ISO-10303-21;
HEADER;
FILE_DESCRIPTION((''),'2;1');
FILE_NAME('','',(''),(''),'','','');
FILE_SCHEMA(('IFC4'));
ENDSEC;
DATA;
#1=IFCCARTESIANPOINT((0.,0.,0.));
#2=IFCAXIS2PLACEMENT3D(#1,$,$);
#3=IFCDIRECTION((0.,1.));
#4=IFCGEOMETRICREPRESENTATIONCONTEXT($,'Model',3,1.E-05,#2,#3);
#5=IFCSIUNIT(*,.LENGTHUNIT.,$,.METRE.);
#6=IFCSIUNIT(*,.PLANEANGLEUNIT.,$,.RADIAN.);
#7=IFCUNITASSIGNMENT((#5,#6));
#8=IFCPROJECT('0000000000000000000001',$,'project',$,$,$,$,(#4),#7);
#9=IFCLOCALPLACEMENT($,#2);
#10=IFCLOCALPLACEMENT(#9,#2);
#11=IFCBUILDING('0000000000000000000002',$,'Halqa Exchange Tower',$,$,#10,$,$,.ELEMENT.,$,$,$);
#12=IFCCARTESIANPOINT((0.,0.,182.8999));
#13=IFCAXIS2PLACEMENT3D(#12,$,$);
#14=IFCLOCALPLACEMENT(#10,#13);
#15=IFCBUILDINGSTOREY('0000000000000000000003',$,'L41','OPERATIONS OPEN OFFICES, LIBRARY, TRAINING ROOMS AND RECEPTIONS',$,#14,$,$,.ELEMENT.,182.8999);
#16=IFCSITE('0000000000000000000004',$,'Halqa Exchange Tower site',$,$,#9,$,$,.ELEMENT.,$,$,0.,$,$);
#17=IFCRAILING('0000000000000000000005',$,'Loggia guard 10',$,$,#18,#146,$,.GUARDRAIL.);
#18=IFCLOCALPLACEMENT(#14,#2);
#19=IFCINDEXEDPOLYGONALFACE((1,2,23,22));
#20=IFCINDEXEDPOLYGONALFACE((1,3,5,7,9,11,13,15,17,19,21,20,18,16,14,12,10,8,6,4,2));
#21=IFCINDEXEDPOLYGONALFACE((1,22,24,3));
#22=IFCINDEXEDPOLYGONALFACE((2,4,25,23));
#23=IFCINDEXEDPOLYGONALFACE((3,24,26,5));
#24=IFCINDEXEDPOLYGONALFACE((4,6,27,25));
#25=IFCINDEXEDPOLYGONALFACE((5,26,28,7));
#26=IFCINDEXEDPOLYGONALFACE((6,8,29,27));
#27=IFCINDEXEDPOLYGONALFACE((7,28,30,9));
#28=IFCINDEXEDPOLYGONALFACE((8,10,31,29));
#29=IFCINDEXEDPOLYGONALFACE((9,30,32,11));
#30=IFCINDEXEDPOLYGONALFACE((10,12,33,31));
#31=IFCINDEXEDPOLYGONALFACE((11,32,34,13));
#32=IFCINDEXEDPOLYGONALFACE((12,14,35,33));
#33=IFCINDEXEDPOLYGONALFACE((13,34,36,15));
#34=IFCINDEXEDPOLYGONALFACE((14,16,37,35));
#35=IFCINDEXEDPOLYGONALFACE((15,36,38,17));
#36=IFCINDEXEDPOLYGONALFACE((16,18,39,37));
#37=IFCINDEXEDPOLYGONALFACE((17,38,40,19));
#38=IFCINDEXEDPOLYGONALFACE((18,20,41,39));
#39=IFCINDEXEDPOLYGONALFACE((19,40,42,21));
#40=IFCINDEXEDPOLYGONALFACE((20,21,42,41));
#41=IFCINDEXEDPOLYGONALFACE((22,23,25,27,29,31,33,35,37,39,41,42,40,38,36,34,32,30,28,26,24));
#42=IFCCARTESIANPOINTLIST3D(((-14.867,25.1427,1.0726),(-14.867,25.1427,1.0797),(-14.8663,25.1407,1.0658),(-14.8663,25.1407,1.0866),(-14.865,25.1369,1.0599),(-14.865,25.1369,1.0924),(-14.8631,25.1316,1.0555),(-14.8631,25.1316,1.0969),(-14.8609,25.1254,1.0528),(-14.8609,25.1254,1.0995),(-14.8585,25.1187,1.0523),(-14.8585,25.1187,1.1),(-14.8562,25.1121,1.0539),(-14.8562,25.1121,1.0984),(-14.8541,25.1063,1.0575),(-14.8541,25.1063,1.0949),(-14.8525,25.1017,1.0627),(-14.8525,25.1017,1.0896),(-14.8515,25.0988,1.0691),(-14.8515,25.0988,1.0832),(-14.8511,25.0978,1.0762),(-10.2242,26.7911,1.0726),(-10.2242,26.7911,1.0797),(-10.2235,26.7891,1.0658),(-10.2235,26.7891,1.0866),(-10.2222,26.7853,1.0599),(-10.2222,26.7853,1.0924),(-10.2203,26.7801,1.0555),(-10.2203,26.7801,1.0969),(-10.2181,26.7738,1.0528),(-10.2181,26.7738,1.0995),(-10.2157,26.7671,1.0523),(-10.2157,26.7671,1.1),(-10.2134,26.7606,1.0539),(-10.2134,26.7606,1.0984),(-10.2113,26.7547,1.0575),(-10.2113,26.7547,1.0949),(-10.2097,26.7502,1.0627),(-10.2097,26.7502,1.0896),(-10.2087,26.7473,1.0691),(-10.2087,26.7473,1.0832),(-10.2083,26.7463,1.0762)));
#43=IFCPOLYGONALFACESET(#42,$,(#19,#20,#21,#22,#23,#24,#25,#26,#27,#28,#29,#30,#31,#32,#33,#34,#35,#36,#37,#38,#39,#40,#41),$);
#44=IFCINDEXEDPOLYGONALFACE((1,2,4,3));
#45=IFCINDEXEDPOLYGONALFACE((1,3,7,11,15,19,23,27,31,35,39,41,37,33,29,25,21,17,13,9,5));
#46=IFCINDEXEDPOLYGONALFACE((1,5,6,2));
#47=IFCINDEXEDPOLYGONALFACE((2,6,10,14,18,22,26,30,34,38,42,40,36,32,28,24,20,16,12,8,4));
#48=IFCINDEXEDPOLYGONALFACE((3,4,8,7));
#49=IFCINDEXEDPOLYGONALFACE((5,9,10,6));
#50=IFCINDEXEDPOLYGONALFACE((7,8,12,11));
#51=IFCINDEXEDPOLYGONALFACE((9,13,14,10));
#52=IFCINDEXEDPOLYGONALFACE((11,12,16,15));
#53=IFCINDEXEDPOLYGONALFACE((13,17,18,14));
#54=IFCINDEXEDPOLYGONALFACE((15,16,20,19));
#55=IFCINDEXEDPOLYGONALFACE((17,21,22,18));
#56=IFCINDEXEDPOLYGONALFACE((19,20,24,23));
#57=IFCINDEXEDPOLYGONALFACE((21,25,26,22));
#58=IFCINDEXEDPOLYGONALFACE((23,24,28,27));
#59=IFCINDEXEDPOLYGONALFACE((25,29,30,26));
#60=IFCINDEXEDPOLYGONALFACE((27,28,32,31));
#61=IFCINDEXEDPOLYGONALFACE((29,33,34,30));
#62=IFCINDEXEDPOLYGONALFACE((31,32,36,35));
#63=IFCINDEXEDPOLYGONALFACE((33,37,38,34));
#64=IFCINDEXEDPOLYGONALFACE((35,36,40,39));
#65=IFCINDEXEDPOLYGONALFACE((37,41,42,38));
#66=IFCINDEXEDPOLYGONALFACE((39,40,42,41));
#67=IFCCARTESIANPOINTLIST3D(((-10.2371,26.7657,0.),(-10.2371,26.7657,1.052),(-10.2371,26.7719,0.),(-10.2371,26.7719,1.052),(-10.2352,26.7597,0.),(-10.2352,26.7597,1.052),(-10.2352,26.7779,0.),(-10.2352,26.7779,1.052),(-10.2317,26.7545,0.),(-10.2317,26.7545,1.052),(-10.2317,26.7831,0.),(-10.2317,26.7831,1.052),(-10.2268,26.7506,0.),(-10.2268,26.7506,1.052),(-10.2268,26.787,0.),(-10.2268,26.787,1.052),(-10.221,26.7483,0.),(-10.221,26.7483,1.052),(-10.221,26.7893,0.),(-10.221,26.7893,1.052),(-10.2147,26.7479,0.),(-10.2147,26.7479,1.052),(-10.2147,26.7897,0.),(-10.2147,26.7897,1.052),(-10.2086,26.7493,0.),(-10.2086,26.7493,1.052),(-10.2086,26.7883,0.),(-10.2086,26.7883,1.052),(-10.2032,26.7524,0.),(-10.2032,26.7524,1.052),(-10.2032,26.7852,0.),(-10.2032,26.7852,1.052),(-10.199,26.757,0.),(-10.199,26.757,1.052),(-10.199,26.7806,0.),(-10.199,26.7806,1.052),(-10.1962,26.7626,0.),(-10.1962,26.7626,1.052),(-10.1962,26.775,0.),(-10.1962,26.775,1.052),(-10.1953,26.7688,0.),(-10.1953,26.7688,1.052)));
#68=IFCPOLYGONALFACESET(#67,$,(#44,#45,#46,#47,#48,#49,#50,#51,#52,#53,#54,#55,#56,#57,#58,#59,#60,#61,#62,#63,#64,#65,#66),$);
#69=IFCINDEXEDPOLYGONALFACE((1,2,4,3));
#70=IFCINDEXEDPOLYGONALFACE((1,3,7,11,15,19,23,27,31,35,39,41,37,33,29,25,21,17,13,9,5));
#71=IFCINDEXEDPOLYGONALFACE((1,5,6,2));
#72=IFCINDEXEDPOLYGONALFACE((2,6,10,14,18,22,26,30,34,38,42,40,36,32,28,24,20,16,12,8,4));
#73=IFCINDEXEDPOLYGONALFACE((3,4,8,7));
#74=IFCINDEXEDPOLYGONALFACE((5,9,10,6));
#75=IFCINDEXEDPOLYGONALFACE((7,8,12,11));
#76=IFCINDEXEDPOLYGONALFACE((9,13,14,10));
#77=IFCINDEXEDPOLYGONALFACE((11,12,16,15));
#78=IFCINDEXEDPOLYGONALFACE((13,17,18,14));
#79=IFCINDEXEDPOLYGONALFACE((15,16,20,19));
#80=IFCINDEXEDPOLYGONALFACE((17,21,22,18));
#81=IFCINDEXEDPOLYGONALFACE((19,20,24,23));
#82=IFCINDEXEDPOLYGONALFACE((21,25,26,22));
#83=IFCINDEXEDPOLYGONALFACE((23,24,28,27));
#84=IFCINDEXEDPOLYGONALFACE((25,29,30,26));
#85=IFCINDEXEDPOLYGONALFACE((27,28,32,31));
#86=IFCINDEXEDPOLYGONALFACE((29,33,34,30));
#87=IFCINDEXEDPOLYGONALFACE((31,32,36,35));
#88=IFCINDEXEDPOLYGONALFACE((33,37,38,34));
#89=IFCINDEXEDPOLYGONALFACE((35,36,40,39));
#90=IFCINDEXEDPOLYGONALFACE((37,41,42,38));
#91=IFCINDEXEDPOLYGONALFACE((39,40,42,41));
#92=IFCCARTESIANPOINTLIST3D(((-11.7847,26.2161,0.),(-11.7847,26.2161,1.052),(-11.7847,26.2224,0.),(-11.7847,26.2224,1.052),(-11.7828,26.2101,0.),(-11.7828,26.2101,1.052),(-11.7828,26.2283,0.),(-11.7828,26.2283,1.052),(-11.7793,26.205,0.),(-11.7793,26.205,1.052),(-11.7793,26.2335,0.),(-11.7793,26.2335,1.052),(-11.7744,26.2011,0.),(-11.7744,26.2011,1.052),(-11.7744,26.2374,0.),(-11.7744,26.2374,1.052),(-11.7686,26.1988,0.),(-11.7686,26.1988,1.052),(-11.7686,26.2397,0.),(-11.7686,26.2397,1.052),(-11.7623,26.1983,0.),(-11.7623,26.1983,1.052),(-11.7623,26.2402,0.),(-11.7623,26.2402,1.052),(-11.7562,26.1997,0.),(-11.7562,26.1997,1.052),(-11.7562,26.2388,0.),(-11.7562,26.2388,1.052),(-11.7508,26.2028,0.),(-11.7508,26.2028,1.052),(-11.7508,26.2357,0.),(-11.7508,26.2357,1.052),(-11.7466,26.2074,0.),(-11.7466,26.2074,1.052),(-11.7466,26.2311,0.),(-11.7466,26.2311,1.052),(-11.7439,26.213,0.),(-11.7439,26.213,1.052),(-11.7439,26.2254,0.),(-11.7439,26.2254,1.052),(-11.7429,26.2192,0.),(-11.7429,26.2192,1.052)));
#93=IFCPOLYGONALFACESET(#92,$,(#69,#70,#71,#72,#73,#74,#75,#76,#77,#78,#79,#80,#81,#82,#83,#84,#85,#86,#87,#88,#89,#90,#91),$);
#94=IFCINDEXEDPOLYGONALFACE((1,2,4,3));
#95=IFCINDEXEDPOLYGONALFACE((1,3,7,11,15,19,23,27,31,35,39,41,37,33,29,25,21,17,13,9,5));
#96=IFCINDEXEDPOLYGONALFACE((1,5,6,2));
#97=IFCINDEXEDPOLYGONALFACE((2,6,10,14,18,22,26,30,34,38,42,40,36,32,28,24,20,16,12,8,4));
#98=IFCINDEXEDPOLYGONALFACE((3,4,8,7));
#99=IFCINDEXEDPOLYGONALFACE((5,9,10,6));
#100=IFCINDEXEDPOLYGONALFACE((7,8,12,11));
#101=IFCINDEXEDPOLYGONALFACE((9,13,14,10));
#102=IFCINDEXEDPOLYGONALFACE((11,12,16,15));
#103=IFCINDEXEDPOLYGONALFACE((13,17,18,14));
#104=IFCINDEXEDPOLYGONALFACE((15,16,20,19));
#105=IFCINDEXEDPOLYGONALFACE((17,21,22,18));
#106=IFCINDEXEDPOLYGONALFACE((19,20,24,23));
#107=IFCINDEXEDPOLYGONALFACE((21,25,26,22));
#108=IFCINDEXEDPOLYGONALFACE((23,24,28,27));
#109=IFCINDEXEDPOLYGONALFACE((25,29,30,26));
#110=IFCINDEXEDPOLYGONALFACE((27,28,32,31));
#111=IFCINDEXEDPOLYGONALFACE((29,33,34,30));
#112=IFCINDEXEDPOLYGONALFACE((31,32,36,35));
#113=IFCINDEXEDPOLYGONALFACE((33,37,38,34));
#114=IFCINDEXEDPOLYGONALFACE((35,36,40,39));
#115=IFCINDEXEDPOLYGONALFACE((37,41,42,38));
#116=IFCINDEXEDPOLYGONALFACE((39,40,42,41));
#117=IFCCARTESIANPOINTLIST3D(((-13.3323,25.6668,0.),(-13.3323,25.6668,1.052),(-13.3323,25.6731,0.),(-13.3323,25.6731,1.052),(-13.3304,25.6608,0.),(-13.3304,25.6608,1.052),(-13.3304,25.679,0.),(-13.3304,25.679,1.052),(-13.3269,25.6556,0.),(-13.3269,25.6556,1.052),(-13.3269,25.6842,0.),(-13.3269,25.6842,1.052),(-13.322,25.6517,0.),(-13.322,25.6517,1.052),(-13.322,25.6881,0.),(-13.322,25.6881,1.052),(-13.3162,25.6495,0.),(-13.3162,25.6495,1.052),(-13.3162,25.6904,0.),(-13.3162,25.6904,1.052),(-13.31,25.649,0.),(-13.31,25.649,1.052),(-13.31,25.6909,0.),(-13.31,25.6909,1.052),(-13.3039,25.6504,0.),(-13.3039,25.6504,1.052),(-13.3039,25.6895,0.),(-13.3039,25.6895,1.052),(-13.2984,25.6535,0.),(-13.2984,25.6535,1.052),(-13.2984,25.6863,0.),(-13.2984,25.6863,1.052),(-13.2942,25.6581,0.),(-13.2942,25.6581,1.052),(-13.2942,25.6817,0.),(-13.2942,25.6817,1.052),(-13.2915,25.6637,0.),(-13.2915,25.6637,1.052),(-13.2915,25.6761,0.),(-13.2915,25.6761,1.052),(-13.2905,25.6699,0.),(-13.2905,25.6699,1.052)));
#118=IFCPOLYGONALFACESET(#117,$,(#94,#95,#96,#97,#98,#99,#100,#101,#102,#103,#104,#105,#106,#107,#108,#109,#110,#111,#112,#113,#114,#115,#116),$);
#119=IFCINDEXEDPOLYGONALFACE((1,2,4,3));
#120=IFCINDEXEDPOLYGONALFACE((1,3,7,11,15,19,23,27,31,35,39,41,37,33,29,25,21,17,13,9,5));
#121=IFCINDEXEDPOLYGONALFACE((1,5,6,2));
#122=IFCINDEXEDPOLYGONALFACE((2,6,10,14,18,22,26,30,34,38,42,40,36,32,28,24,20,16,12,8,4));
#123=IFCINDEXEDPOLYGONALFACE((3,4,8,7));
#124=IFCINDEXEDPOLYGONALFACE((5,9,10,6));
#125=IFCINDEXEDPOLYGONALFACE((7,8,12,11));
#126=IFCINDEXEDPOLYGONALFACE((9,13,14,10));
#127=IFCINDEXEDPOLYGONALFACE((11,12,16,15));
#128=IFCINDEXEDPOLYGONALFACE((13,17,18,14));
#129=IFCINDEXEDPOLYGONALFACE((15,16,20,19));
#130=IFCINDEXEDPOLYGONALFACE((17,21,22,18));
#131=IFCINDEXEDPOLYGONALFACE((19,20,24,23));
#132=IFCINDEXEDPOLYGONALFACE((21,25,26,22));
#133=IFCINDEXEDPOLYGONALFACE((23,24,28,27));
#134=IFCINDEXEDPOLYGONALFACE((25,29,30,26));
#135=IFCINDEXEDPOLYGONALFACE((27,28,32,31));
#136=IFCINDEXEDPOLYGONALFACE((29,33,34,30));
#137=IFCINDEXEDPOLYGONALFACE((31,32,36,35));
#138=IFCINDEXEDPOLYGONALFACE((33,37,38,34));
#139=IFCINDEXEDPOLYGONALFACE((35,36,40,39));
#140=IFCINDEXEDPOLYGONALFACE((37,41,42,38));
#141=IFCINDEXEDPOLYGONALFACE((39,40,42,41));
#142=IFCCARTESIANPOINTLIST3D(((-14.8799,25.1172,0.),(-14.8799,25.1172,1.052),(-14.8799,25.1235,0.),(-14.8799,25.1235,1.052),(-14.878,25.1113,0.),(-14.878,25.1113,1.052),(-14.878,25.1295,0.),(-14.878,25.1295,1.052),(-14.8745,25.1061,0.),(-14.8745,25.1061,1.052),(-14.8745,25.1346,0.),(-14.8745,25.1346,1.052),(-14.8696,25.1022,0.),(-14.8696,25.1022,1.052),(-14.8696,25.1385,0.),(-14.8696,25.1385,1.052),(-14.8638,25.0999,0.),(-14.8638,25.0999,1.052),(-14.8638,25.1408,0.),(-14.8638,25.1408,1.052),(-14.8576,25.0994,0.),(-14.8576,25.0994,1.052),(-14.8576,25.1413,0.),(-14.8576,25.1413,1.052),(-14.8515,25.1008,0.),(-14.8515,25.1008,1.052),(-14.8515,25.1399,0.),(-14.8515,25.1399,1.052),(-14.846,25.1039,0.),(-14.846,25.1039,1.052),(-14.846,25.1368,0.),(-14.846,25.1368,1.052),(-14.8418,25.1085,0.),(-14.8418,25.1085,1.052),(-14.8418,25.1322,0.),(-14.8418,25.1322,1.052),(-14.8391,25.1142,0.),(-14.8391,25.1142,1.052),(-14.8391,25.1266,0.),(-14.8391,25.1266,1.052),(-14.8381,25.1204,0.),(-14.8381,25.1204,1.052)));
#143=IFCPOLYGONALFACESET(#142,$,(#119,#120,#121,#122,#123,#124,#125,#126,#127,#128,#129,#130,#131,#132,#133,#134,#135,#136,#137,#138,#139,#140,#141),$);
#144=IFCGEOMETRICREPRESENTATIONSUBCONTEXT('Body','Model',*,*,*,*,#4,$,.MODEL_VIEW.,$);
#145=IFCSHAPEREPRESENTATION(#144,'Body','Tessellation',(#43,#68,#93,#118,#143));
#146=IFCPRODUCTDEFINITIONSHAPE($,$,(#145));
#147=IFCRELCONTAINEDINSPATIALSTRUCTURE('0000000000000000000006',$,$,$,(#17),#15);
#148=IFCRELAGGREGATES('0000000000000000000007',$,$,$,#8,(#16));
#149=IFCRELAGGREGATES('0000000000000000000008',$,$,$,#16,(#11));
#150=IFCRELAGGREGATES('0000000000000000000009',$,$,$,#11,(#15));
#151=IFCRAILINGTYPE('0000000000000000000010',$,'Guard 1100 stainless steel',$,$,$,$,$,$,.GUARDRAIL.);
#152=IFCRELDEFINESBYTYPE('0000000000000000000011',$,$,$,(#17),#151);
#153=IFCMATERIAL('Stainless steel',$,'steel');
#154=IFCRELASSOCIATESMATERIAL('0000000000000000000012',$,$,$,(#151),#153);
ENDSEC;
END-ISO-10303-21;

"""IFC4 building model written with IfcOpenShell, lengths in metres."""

from ifc_helpers import new_model, si_unit, direction, frame, origin, origin_2d, place, context, subcontext, project, spatial, circle, extrude, material, type_object, element, save


model = new_model("IFC4")

# Units and contexts
model_context = context("Model", 3, precision=1e-05, world=origin(), true_north=direction((0.0, 1.0)))
body_context = subcontext(model_context, "Body", "Model", "MODEL_VIEW")
ifc_project = project(units=[si_unit("LENGTHUNIT", "METRE"), si_unit("PLANEANGLEUNIT", "RADIAN")], contexts=[model_context])

# Site, building, storey
site_placement = place(None, origin())
site = spatial("IfcSite", under=ifc_project, at=site_placement, Name="Halqa Exchange Tower site", CompositionType="ELEMENT", RefElevation=0.0)
building_placement = place(site_placement, origin())
building = spatial("IfcBuilding", under=site, at=building_placement, Name="Halqa Exchange Tower", CompositionType="ELEMENT")
storey_placement = place(building_placement, frame((0.0, 0.0, 182.8999)))
storey = spatial("IfcBuildingStorey", under=building, at=storey_placement, Name="L41", Description="OPERATIONS OPEN OFFICES, LIBRARY, TRAINING ROOMS AND RECEPTIONS", CompositionType="ELEMENT", Elevation=182.8999)

# Railing
ifc_material_1 = material(Name="Stainless steel", Category="steel")
railing_type_1 = type_object("IfcRailingType", Name="Guard 1100 stainless steel", PredefinedType="GUARDRAIL", material=ifc_material_1)
railing_1_placement = place(storey_placement, frame((-10.2163, 26.7688, 0.0)))
element("IfcRailing", 1, at=railing_1_placement, inside=storey, type_object=railing_type_1, Name="Loggia guard 10", PredefinedType="GUARDRAIL", context=body_context, shape_type="SweptSolid", body=[
    extrude(circle(Radius=0.0239, at=origin_2d()), frame((0.0, 0.0, 1.0762), z_axis=(-0.942365, -0.334587, 0.0), x_axis=(0.334587, -0.942365, 0.0)), (0.0, 0.0, 1.0), 4.9268),
    extrude(circle(Radius=0.021, at=origin_2d()), origin(), (0.0, 0.0, 1.0), 1.052),
    extrude(circle(Radius=0.021, at=origin_2d()), frame((-1.5476, -0.5496, 0.0)), (0.0, 0.0, 1.0), 1.052),
    extrude(circle(Radius=0.021, at=origin_2d()), frame((-3.0952, -1.0989, 0.0)), (0.0, 0.0, 1.0), 1.052),
    extrude(circle(Radius=0.021, at=origin_2d()), frame((-4.6428, -1.6484, 0.0)), (0.0, 0.0, 1.0), 1.052),
])

save(model, "model.ifc")
